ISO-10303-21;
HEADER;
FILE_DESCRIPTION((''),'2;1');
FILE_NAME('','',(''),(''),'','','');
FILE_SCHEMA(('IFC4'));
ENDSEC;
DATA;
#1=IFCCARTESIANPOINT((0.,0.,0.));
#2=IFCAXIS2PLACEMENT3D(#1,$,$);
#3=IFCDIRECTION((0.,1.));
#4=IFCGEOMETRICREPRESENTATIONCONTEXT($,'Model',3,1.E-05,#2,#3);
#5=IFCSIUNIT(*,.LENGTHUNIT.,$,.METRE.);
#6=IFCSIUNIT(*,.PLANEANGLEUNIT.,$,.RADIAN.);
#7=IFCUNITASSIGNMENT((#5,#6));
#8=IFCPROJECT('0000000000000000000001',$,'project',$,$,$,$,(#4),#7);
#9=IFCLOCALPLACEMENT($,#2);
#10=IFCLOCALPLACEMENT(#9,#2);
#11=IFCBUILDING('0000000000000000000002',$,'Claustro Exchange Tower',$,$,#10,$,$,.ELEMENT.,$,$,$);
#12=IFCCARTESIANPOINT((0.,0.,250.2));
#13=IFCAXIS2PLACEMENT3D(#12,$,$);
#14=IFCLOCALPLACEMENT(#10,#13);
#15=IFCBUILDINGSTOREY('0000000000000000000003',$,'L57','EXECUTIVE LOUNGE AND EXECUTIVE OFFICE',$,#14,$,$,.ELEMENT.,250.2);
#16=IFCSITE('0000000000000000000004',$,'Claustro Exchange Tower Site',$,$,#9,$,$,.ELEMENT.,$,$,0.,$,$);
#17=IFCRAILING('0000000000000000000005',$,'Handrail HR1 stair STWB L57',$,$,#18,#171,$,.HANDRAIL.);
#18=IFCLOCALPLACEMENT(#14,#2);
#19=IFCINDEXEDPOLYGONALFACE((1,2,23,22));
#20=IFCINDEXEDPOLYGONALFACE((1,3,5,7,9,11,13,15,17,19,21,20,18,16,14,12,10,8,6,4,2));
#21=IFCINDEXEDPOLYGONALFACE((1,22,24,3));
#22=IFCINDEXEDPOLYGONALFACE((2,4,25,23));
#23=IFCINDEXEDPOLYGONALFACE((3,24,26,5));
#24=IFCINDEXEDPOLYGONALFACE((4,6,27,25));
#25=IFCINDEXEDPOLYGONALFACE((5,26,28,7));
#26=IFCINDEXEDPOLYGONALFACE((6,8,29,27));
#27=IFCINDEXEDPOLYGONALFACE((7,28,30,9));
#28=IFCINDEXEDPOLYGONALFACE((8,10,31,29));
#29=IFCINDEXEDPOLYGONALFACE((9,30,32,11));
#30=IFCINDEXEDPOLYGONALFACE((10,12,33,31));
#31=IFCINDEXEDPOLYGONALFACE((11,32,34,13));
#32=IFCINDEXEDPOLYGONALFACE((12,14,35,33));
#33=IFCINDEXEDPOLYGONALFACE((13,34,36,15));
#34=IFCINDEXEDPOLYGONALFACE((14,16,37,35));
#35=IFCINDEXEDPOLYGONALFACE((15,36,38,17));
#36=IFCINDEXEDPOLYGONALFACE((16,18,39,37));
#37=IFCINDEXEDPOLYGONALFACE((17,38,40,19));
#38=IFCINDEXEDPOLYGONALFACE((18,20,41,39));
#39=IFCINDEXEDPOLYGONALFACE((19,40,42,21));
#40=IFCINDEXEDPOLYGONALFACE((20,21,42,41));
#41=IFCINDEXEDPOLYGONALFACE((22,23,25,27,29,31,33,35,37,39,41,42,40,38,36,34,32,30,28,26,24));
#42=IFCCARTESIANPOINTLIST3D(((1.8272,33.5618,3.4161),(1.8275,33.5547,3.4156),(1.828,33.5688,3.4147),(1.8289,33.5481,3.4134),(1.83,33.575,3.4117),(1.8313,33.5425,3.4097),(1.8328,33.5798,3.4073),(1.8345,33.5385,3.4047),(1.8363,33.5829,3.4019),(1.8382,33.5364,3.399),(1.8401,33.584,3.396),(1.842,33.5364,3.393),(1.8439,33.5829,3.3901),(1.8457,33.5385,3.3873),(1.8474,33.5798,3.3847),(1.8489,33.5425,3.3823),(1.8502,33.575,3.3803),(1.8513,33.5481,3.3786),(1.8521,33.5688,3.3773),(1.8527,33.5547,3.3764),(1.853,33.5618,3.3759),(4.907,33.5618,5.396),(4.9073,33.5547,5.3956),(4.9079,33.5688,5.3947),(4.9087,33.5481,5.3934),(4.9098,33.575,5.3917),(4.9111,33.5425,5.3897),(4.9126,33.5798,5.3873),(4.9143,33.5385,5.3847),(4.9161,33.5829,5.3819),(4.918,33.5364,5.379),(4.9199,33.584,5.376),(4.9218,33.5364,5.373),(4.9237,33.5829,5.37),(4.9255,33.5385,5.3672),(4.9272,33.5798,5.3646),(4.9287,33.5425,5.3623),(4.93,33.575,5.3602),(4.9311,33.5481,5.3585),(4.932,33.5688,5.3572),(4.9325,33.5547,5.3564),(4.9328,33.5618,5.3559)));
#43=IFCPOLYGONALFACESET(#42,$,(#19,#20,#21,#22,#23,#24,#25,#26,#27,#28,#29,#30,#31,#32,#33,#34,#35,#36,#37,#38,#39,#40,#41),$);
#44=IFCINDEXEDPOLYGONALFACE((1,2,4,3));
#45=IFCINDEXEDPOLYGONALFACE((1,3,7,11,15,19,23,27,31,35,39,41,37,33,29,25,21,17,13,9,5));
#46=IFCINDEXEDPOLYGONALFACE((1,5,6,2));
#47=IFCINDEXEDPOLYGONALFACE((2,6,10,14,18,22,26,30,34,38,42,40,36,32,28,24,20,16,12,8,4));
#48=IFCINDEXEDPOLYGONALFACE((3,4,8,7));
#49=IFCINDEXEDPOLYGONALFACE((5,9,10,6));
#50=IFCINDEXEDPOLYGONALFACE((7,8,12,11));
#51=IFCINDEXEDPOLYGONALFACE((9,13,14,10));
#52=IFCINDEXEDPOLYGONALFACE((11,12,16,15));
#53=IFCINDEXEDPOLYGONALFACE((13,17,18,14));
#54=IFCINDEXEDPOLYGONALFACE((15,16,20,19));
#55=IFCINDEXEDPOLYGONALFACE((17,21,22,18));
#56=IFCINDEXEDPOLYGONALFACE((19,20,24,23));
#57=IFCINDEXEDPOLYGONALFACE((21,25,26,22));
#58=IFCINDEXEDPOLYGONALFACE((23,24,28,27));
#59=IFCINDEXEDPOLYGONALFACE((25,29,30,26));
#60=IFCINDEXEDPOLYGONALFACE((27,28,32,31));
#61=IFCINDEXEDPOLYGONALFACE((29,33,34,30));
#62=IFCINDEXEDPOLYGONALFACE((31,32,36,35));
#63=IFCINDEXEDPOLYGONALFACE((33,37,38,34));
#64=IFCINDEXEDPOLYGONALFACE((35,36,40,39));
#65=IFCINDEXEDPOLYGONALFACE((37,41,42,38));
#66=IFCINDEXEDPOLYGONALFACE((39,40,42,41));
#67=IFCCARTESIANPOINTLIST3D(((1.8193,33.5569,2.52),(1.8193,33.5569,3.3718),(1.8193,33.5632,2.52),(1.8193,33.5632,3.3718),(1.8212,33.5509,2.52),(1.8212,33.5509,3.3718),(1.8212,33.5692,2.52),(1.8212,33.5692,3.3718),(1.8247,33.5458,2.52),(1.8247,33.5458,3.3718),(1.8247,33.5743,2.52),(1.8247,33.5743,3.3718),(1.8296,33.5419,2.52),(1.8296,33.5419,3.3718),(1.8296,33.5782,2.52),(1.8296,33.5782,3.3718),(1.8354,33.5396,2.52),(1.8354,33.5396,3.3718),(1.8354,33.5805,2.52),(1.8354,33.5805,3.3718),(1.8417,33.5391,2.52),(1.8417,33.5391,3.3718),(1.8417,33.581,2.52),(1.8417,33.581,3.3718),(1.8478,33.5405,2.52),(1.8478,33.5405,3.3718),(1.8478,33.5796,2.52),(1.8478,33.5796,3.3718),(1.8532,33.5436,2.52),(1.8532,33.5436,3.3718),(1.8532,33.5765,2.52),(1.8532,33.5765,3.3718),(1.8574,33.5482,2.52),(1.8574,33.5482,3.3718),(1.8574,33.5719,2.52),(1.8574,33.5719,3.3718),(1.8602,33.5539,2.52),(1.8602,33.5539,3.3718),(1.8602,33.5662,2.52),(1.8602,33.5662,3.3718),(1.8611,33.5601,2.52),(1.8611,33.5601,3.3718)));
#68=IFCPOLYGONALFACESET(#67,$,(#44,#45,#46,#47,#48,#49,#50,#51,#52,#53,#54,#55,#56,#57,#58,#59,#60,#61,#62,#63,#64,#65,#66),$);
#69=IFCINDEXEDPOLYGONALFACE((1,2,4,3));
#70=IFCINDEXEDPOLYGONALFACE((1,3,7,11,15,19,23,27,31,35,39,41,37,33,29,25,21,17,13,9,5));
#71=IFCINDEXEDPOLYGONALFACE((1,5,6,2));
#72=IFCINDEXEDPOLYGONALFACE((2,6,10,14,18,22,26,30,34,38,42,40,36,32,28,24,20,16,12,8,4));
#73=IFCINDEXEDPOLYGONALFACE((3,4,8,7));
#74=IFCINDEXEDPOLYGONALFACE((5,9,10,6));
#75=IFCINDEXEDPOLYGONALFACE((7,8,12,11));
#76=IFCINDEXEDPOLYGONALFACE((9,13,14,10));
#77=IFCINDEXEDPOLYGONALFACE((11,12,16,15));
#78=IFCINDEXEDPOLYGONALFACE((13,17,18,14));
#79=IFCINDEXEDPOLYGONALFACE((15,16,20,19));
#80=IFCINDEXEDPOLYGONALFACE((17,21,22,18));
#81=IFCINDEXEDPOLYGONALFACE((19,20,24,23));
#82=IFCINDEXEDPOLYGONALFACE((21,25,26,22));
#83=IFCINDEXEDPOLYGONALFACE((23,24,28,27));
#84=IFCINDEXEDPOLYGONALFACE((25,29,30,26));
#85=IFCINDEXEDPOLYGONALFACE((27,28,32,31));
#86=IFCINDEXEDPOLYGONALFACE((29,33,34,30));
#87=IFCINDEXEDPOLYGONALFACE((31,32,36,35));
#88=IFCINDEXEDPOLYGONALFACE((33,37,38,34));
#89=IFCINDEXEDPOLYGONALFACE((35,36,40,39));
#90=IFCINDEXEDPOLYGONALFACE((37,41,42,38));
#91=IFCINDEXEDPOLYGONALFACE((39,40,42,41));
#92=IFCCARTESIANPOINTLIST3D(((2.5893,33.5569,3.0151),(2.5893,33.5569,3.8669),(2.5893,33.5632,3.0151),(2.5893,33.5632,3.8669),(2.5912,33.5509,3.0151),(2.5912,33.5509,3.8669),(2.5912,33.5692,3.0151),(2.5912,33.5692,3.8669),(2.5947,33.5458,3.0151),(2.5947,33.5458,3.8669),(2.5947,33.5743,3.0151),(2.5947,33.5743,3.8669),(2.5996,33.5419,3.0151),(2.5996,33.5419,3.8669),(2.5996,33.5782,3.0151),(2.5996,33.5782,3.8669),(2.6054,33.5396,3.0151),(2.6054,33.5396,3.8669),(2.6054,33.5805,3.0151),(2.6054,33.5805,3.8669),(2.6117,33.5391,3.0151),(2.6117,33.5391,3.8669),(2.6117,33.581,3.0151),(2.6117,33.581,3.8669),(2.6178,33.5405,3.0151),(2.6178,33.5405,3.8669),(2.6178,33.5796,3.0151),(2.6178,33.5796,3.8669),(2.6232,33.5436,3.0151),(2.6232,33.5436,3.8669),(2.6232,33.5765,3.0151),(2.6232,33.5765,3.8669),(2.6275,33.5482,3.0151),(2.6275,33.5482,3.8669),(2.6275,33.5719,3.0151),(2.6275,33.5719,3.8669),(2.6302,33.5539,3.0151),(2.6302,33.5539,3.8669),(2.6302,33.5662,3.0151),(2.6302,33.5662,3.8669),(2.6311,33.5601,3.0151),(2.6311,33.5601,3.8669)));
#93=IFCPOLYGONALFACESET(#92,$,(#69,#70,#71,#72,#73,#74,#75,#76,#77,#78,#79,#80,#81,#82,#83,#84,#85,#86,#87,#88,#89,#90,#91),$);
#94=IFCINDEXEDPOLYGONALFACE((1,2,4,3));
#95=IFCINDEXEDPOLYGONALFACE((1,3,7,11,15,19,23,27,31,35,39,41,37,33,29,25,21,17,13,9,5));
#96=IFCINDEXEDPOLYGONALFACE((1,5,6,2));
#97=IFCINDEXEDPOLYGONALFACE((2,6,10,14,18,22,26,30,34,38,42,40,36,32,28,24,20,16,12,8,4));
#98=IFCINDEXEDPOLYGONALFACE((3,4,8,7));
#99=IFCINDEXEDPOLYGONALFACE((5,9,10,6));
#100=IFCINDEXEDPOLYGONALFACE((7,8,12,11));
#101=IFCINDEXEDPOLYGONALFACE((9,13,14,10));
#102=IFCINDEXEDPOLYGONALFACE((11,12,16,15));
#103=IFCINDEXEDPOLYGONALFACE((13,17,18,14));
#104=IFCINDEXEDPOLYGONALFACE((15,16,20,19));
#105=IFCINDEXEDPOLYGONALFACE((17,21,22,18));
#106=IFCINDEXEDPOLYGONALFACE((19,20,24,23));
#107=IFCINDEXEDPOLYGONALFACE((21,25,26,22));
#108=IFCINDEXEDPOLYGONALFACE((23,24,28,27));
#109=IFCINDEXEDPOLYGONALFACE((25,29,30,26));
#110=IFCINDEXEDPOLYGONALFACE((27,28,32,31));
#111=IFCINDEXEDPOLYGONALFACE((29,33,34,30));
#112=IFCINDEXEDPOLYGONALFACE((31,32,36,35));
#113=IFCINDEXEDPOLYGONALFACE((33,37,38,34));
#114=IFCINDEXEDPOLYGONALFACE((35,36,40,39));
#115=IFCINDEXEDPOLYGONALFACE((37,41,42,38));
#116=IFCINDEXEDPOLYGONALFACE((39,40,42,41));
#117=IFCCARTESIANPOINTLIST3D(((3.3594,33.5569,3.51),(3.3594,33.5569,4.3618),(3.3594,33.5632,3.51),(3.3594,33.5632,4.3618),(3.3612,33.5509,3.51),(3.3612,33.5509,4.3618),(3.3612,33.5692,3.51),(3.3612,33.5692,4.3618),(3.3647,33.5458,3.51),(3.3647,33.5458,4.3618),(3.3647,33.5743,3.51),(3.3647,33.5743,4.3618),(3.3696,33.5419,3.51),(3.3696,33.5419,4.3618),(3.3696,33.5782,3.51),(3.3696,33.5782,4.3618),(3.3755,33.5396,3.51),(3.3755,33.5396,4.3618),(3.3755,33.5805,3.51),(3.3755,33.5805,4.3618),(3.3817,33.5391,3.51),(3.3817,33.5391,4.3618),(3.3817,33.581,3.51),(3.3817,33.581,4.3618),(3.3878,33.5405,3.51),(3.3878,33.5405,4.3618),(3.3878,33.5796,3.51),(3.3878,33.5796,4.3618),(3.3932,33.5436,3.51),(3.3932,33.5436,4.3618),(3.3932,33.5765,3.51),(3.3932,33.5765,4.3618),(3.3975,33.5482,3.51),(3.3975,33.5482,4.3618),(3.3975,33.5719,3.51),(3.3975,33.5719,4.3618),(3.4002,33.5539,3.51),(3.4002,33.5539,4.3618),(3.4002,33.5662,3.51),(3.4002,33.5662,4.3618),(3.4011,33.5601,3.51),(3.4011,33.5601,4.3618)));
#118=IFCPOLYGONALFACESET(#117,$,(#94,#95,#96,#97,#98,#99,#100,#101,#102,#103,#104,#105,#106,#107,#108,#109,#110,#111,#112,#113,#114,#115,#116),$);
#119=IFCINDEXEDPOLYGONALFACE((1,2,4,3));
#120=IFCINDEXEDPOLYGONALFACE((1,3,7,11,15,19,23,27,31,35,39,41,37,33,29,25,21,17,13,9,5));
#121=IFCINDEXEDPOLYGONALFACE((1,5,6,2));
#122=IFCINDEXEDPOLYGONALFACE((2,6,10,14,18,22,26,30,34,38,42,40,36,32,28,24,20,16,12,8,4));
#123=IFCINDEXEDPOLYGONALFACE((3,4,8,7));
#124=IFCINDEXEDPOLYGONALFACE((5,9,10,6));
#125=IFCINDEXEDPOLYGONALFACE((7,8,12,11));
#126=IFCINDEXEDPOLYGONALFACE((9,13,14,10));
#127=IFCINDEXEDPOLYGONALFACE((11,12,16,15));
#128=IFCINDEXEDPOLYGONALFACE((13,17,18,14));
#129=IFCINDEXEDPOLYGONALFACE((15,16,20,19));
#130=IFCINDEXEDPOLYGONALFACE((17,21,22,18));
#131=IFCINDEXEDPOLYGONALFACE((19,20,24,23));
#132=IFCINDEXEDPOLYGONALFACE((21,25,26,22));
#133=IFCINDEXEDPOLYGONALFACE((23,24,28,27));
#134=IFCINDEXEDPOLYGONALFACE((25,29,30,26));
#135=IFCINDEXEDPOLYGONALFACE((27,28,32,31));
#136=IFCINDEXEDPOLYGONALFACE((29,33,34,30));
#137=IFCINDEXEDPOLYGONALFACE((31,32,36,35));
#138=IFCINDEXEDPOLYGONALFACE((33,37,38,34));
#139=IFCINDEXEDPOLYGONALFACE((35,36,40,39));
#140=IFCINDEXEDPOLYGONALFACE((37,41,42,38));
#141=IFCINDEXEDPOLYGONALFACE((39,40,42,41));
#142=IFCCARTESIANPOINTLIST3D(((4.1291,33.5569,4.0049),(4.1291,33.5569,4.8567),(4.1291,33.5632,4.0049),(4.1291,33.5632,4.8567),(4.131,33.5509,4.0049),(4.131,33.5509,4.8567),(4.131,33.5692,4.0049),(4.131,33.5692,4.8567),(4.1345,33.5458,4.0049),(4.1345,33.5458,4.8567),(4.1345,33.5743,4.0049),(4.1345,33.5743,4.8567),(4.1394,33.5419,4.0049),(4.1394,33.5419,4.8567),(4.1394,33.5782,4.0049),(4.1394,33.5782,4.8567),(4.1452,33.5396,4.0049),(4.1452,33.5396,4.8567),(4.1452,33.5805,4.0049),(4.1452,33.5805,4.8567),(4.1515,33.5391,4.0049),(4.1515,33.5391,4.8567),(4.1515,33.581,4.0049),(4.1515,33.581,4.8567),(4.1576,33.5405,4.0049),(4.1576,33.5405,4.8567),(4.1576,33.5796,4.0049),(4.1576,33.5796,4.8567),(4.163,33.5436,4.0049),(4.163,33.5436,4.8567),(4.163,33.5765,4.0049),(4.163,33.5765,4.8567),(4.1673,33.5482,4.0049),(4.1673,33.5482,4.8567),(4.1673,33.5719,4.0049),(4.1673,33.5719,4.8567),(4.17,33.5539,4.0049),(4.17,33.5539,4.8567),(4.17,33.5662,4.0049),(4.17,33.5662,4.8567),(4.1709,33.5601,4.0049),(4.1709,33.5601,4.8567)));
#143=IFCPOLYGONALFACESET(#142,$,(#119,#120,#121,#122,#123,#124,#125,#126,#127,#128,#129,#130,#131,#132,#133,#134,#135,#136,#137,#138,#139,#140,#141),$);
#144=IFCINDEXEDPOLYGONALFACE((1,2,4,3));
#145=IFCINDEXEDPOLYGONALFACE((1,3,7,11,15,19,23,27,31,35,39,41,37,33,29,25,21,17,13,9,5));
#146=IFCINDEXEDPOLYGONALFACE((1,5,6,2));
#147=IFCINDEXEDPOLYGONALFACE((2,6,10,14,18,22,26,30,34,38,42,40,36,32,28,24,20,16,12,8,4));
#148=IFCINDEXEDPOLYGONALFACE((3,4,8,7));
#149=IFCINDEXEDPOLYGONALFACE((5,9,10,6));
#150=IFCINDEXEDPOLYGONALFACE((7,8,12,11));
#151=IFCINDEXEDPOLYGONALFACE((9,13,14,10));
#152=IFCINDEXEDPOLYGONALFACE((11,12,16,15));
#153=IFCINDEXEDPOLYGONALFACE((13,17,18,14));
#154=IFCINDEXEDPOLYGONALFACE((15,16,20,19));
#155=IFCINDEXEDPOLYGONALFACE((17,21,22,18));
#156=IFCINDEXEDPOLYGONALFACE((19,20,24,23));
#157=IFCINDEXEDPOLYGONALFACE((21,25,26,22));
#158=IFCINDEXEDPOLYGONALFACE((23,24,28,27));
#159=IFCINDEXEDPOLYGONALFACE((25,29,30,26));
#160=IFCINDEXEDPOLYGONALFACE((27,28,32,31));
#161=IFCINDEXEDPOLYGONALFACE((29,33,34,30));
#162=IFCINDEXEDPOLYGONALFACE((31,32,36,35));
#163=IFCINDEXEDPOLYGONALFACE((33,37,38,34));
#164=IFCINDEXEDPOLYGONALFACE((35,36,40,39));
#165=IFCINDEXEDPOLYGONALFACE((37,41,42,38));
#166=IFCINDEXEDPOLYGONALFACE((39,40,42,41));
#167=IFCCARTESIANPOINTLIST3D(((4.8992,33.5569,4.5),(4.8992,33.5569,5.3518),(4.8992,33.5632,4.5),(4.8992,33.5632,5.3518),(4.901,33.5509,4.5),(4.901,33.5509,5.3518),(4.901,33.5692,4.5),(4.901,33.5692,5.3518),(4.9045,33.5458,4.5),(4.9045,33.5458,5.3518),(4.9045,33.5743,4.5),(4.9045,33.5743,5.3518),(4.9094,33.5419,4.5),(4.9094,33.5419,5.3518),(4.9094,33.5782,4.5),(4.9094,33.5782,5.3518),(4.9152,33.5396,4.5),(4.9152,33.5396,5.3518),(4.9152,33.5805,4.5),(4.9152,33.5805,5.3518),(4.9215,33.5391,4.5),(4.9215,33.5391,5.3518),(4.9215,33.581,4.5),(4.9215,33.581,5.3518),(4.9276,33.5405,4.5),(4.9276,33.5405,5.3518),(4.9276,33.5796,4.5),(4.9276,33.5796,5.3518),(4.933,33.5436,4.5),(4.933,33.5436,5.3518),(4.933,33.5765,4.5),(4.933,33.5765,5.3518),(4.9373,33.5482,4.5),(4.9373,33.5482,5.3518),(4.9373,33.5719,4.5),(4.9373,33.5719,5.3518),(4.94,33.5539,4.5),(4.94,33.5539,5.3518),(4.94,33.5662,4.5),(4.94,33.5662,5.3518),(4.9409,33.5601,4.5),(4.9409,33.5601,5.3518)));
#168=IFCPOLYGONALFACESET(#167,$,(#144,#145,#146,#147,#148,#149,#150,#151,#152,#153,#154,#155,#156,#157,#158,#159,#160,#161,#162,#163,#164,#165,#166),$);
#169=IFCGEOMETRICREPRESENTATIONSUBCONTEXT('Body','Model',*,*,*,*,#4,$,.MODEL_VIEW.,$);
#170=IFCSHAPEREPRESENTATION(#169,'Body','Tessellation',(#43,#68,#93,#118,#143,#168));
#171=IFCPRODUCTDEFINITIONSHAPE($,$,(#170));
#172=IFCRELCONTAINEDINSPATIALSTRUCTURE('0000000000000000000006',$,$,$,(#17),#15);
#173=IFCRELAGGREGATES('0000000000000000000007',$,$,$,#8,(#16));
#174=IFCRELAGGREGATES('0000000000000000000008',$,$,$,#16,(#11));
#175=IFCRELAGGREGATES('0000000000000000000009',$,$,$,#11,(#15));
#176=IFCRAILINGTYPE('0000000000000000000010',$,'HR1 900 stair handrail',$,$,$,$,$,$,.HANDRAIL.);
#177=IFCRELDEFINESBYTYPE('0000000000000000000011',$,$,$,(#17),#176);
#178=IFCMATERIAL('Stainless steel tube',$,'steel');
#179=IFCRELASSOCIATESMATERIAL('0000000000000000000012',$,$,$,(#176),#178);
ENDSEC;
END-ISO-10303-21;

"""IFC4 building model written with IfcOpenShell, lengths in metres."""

from ifc_helpers import new_model, si_unit, direction, frame, origin, origin_2d, place, context, subcontext, project, spatial, circle, extrude, material, type_object, element, save


model = new_model("IFC4")

# Units and contexts
model_context = context("Model", 3, precision=1e-05, world=origin(), true_north=direction((0.0, 1.0)))
body_context = subcontext(model_context, "Body", "Model", "MODEL_VIEW")
ifc_project = project(units=[si_unit("LENGTHUNIT", "METRE"), si_unit("PLANEANGLEUNIT", "RADIAN")], contexts=[model_context])

# Site, building, storey
site_placement = place(None, origin())
site = spatial("IfcSite", under=ifc_project, at=site_placement, Name="Claustro Exchange Tower Site", CompositionType="ELEMENT", RefElevation=0.0)
building_placement = place(site_placement, origin())
building = spatial("IfcBuilding", under=site, at=building_placement, Name="Claustro Exchange Tower", CompositionType="ELEMENT")
storey_placement = place(building_placement, frame((0.0, 0.0, 250.2)))
storey = spatial("IfcBuildingStorey", under=building, at=storey_placement, Name="L57", Description="EXECUTIVE LOUNGE AND EXECUTIVE OFFICE", CompositionType="ELEMENT", Elevation=250.2)

# Railing
ifc_material_1 = material(Name="Stainless steel tube", Category="steel")
railing_type_1 = type_object("IfcRailingType", Name="HR1 900 stair handrail", PredefinedType="HANDRAIL", material=ifc_material_1)
railing_1_placement = place(storey_placement, frame((1.8401, 33.5601, 2.52)))
element("IfcRailing", 1, at=railing_1_placement, inside=storey, type_object=railing_type_1, Name="Handrail HR1 stair STWB L57", PredefinedType="HANDRAIL", context=body_context, shape_type="SweptSolid", body=[
    extrude(circle(Radius=0.0239, at=origin_2d()), frame((0.0, 0.0, 0.876), z_axis=(0.841168, 0.0, 0.540774), x_axis=(0.0, 1.0, 0.0)), (0.0, 0.0, 1.0), 3.6614),
    extrude(circle(Radius=0.021, at=origin_2d()), origin(), (0.0, 0.0, 1.0), 0.8518),
    extrude(circle(Radius=0.021, at=origin_2d()), frame((0.77, 0.0, 0.4951)), (0.0, 0.0, 1.0), 0.8518),
    extrude(circle(Radius=0.021, at=origin_2d()), frame((1.54, 0.0, 0.99)), (0.0, 0.0, 1.0), 0.8518),
    extrude(circle(Radius=0.021, at=origin_2d()), frame((2.3098, 0.0, 1.4849)), (0.0, 0.0, 1.0), 0.8518),
    extrude(circle(Radius=0.021, at=origin_2d()), frame((3.0798, 0.0, 1.98)), (0.0, 0.0, 1.0), 0.8518),
])

save(model, "model.ifc")
